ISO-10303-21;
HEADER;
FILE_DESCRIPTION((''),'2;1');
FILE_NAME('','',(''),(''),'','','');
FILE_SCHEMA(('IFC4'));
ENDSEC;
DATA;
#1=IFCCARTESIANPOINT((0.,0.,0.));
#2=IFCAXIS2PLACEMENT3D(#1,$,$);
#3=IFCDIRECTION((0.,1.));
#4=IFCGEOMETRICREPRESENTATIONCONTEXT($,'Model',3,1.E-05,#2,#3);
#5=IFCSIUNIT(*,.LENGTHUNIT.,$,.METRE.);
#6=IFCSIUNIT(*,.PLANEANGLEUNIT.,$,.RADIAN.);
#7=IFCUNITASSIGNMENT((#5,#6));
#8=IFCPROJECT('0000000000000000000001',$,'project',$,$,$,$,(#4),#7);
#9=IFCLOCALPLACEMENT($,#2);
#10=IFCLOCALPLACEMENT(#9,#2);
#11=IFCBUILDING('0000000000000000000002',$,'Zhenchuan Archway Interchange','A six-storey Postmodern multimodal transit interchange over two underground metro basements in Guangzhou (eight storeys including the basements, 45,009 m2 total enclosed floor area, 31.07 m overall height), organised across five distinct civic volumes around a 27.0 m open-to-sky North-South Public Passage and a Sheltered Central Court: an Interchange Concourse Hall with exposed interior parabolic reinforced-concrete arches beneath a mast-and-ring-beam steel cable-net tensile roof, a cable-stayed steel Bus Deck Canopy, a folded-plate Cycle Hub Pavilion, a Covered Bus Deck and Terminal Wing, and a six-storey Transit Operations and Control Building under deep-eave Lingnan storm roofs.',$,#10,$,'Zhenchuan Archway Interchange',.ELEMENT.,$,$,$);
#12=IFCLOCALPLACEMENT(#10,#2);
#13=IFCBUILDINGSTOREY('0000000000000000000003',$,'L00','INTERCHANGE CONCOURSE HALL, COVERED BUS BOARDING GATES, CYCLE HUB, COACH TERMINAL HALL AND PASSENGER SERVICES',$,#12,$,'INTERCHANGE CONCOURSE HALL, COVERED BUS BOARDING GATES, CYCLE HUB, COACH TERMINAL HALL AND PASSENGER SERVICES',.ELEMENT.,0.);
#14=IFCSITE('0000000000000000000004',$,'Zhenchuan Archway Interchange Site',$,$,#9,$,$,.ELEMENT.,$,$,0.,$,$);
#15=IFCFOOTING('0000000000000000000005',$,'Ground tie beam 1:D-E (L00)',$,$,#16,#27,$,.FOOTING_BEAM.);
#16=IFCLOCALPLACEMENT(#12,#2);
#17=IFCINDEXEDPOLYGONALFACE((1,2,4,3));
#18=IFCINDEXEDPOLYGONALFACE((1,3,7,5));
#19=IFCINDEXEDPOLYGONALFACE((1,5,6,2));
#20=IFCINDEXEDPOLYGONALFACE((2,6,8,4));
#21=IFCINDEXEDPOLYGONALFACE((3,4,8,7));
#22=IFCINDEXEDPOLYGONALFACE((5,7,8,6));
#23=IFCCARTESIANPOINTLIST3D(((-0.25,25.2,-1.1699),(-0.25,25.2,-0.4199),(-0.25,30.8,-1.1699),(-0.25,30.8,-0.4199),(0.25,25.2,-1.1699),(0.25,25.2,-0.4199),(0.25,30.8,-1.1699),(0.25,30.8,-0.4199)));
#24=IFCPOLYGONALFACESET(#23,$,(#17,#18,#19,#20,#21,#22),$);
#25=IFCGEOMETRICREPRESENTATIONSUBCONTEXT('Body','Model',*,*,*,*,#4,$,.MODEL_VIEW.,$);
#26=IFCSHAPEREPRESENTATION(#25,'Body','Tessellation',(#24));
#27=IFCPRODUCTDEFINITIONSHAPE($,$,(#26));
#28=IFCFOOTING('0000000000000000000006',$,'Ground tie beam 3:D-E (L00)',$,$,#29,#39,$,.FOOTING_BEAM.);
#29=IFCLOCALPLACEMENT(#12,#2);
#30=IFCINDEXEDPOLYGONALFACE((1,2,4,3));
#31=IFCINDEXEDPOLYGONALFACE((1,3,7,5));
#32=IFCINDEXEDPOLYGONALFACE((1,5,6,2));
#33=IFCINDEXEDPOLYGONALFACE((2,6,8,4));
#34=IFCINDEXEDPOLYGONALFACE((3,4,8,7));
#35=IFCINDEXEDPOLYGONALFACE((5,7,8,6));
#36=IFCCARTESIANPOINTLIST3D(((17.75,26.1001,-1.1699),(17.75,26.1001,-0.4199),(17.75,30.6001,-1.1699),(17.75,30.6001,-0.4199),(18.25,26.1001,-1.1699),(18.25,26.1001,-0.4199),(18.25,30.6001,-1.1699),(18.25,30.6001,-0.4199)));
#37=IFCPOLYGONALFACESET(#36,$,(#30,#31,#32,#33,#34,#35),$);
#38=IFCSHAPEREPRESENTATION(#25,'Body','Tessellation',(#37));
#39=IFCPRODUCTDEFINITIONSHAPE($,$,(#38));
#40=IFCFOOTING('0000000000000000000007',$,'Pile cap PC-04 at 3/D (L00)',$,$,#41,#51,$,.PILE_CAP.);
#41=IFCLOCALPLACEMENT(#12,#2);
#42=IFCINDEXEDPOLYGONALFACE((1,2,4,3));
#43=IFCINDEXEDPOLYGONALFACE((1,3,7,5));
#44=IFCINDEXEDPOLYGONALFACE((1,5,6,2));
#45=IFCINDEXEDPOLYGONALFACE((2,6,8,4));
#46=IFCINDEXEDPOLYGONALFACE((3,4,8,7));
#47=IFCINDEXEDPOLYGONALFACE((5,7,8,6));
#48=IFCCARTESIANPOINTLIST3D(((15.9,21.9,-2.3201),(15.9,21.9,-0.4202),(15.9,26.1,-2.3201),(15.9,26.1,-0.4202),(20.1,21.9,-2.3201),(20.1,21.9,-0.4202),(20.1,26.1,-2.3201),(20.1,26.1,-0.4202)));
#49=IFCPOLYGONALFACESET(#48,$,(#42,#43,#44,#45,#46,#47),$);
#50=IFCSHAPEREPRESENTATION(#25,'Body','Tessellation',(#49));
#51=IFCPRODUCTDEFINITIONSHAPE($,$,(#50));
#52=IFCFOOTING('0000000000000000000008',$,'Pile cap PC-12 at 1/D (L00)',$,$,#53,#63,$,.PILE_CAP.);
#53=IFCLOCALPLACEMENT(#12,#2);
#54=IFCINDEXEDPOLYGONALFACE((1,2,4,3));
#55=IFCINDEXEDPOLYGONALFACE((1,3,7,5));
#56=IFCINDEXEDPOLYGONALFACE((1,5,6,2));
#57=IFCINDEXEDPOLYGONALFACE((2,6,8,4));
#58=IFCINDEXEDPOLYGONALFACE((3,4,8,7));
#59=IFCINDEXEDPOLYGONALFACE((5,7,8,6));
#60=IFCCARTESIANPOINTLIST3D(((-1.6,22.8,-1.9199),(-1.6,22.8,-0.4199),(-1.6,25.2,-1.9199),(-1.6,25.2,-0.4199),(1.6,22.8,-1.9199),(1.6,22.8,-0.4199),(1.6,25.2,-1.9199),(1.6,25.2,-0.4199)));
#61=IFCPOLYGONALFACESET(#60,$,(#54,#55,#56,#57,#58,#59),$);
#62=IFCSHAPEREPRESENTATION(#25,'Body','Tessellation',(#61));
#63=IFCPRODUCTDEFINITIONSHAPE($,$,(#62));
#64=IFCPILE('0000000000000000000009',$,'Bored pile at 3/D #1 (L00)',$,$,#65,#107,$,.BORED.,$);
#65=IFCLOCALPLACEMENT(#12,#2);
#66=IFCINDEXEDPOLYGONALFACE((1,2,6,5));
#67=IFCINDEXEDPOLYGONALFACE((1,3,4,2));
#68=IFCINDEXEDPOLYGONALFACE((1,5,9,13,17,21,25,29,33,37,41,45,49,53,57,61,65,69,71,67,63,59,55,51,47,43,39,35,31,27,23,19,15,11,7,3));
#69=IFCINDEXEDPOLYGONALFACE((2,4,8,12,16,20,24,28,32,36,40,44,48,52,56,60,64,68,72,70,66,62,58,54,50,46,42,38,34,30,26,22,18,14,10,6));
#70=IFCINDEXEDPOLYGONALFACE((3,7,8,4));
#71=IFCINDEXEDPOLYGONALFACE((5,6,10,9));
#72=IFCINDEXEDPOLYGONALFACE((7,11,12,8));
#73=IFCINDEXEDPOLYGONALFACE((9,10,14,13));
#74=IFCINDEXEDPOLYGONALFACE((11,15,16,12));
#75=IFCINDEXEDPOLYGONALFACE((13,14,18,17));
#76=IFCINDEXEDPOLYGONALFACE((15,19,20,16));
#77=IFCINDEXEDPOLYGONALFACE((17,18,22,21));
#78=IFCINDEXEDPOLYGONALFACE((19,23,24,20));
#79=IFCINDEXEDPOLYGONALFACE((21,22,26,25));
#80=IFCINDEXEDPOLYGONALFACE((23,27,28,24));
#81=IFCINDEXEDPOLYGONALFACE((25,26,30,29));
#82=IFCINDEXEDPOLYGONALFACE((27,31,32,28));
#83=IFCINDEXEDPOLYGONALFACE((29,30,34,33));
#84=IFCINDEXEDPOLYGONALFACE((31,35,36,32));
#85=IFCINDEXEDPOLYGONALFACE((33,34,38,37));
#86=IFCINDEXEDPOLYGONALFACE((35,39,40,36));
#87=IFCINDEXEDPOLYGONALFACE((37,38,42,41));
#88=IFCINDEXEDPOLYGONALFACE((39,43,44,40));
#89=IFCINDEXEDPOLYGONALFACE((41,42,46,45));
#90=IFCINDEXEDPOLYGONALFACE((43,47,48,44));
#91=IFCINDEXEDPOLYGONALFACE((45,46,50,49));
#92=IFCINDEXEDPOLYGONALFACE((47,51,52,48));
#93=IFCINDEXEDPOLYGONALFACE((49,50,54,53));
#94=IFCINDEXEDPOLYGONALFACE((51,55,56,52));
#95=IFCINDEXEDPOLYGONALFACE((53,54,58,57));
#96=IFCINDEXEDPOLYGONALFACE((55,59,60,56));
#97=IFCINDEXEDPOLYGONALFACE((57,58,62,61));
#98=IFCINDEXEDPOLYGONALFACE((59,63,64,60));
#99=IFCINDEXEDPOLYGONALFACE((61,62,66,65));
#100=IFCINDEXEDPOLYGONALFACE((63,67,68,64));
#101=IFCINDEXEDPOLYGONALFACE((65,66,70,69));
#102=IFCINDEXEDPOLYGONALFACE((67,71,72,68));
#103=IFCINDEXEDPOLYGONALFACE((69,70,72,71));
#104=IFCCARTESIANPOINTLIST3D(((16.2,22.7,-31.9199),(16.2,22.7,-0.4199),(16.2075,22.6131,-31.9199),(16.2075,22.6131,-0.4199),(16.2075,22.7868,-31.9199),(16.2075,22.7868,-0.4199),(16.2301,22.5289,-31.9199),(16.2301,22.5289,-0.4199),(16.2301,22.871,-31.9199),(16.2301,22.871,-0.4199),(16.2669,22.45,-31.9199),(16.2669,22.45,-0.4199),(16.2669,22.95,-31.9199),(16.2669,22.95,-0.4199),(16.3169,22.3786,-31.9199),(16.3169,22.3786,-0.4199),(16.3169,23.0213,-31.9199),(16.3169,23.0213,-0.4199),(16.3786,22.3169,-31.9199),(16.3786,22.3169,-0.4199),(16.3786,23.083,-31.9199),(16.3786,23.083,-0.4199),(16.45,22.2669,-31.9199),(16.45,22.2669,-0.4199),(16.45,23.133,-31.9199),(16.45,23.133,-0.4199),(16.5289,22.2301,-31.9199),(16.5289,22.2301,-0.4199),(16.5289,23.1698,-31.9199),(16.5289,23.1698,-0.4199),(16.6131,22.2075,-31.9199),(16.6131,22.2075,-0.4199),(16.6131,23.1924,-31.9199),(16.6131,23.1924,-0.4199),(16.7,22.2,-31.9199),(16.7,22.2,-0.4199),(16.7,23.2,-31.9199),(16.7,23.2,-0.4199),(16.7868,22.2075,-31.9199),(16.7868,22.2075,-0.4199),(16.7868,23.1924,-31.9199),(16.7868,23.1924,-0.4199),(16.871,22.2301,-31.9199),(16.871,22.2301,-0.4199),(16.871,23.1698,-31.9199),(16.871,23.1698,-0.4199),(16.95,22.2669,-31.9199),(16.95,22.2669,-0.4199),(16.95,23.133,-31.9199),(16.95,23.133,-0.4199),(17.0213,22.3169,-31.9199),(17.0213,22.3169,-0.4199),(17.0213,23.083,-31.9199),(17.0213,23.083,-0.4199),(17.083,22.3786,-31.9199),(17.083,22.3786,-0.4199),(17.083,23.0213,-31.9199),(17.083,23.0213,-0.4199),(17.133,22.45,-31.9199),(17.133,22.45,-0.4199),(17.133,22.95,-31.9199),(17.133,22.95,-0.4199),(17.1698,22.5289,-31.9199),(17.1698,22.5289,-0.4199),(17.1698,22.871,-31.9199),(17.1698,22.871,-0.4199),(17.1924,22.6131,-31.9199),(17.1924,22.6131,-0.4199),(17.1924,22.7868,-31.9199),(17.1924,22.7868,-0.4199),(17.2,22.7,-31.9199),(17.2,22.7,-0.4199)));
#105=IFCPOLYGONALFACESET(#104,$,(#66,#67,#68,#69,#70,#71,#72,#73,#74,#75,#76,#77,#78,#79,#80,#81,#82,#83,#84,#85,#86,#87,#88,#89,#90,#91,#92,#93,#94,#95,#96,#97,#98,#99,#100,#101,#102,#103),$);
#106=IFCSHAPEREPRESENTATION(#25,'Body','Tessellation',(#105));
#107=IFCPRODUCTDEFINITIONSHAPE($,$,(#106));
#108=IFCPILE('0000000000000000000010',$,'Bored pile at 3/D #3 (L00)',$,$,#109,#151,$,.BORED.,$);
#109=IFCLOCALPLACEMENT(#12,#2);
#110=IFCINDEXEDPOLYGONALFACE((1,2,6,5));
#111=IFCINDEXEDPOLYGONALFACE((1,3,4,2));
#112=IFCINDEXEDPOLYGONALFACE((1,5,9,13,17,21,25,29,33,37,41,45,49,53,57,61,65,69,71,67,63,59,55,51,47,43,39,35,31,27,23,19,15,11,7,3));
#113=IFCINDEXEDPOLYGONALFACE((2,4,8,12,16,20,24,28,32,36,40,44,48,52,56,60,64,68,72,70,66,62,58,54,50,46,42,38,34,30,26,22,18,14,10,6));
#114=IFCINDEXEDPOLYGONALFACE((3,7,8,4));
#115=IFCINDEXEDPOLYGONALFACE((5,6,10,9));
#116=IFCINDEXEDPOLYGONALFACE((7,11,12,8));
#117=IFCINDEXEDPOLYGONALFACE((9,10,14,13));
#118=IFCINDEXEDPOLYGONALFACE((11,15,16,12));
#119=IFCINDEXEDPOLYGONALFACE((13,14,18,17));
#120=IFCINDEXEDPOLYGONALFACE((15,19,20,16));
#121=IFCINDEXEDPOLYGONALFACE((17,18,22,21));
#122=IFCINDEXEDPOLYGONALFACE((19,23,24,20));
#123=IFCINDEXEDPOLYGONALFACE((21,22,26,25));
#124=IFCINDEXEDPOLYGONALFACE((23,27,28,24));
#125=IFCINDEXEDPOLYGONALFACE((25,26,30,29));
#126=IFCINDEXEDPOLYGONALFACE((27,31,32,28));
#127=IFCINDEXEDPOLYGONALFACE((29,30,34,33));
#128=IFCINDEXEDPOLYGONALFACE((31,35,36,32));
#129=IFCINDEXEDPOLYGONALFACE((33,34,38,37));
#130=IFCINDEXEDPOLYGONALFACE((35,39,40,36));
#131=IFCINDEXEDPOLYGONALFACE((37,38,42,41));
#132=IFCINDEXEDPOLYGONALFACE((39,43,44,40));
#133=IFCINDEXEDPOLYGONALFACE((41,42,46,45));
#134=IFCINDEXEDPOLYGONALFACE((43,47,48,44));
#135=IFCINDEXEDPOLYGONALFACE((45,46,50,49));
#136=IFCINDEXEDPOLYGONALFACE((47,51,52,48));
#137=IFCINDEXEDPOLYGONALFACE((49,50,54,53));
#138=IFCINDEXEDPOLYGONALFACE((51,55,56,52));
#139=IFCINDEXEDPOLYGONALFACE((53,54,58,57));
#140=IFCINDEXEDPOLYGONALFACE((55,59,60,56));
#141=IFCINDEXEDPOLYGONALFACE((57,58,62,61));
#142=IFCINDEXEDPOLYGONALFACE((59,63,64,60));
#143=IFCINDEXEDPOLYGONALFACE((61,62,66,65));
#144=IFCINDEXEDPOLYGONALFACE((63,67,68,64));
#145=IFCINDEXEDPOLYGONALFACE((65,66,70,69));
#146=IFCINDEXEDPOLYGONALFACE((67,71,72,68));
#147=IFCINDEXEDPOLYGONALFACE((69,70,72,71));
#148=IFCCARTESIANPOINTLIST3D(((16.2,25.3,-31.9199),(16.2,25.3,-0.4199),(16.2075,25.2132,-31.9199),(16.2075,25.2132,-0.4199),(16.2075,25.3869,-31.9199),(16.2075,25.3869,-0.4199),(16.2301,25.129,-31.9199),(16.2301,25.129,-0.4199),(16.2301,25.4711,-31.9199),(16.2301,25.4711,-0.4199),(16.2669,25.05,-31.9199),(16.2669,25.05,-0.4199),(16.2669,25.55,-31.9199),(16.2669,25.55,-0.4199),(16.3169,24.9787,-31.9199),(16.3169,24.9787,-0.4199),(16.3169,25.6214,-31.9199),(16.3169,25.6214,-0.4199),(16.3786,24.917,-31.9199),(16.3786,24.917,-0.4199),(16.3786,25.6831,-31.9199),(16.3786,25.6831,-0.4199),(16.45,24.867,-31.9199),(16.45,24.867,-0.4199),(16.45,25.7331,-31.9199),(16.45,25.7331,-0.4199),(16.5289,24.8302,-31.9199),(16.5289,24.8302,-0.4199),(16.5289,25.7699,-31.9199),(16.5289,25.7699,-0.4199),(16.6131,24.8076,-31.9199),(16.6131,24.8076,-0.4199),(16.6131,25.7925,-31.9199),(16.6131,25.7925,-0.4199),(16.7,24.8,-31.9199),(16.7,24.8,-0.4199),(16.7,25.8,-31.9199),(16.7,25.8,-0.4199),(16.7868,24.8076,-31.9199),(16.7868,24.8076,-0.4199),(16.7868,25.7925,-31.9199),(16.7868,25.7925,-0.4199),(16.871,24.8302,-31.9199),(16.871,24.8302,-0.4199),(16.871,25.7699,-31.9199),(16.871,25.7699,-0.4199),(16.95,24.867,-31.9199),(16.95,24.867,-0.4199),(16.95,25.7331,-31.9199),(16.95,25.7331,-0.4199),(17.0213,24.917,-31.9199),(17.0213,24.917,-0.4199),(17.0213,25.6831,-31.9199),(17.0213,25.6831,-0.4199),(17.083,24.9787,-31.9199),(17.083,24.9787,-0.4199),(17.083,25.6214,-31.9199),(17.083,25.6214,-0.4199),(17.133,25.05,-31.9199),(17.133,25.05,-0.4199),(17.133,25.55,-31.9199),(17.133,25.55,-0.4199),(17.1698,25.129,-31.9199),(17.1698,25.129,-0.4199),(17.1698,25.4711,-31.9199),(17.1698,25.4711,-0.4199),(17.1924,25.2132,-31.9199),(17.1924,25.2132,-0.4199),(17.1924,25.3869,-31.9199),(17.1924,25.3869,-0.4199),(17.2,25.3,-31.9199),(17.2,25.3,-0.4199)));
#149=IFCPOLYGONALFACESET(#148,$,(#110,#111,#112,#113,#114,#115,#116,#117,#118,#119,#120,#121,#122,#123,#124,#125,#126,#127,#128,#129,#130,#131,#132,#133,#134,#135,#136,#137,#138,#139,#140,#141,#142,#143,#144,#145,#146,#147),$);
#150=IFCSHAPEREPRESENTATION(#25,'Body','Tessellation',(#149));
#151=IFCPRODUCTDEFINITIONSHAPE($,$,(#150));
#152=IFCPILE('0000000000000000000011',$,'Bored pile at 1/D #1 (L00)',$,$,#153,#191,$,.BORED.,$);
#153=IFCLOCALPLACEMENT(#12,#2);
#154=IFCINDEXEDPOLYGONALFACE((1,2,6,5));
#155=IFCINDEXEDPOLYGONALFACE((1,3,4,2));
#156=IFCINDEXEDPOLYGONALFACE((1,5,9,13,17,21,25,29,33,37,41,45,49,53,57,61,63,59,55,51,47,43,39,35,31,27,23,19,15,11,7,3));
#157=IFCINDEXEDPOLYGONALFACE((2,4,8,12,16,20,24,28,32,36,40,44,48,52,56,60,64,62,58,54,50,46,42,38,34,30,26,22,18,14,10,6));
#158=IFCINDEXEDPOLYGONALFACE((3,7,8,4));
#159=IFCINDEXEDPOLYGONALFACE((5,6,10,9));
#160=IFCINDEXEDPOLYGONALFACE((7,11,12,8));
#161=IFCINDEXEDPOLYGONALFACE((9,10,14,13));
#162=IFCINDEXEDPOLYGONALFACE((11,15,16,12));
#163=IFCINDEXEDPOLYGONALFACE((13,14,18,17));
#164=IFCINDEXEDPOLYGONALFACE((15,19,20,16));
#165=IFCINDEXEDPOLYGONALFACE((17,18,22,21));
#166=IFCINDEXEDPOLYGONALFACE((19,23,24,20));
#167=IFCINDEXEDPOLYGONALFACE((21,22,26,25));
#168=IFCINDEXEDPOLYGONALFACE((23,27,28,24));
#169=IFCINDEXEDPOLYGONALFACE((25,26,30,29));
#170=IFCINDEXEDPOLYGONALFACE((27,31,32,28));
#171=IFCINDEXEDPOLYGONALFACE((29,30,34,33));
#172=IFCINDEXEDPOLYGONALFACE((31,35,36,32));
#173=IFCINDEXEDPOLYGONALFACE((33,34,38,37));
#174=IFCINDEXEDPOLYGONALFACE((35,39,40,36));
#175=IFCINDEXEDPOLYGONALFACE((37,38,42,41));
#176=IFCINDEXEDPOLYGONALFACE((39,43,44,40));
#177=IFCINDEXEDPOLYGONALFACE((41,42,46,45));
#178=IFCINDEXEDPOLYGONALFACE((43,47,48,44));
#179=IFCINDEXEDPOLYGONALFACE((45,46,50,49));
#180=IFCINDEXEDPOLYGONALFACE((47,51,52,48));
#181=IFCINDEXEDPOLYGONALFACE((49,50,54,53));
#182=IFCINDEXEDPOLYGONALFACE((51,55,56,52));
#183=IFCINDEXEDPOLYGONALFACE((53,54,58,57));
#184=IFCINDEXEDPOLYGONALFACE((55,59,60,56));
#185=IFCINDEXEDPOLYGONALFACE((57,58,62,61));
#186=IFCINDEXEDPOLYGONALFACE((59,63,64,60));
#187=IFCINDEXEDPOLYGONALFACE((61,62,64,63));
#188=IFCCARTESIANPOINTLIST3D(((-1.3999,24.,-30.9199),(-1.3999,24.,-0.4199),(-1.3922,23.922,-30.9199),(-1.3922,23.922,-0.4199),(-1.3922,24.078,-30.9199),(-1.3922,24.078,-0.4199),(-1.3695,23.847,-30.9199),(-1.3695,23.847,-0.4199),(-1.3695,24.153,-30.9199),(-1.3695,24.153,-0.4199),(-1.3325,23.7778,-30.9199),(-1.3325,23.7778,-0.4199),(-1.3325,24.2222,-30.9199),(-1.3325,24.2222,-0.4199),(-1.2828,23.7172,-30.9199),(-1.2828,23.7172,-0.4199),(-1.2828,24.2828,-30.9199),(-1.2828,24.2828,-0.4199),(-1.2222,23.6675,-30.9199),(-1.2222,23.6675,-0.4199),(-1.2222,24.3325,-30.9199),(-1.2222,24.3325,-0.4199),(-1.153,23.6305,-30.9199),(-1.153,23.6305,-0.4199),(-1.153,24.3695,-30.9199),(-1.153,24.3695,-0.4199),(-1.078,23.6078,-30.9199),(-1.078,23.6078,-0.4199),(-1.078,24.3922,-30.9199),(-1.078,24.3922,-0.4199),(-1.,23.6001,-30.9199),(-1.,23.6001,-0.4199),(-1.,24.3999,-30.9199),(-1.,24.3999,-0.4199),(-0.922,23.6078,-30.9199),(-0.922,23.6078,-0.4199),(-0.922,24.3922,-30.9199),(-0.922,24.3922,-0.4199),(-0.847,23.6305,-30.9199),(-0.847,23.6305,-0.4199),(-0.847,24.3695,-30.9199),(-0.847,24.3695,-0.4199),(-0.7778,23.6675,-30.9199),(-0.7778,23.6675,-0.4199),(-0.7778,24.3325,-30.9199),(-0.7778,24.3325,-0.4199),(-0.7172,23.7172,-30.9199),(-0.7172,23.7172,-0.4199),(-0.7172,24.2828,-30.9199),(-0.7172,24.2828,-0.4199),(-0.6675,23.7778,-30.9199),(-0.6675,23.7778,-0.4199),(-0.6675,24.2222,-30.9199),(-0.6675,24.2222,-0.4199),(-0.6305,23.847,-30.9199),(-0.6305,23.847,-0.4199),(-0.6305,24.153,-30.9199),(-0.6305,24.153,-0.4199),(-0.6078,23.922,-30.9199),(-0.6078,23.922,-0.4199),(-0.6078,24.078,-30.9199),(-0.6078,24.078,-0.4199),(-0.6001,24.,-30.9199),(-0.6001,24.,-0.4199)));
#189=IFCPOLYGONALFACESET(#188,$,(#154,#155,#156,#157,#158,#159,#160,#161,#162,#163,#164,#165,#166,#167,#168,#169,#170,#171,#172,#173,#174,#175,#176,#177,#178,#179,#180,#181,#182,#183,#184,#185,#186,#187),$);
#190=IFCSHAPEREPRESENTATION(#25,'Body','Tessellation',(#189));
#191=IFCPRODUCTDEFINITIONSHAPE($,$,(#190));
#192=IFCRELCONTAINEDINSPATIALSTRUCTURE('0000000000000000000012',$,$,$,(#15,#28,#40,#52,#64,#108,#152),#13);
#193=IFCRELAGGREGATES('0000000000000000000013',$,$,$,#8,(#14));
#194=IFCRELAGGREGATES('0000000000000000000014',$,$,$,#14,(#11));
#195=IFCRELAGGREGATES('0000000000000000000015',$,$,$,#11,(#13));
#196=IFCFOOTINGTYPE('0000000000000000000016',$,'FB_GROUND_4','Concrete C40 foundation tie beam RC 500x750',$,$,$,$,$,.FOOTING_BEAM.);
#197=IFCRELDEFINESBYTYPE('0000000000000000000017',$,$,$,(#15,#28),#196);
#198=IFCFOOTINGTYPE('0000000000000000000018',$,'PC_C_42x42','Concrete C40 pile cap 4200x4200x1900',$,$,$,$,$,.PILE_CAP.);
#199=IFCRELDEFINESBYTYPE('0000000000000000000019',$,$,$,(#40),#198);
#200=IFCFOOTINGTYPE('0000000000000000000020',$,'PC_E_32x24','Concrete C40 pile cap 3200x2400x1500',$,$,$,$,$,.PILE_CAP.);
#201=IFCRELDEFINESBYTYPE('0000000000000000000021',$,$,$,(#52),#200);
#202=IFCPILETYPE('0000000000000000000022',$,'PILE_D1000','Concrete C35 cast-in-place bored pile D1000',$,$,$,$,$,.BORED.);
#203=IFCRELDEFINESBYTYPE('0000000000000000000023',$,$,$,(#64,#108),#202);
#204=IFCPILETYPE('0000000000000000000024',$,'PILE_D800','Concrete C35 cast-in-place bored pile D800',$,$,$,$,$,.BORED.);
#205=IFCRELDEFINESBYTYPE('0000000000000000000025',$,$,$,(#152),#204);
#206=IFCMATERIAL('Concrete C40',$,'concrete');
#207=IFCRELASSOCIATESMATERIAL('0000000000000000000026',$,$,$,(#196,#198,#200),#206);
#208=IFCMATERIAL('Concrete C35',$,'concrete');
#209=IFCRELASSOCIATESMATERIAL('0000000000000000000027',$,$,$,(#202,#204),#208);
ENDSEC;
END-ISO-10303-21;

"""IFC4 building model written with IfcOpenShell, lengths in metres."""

from ifc_helpers import new_model, si_unit, direction, frame, origin, origin_2d, place, context, subcontext, project, spatial, rectangle, circle, extrude, material, material_profile, profile_set, type_object, element, save


model = new_model("IFC4")

# Units and contexts
model_context = context("Model", 3, precision=1e-05, world=origin(), true_north=direction((0.0, 1.0)))
body_context = subcontext(model_context, "Body", "Model", "MODEL_VIEW")
ifc_project = project(units=[si_unit("LENGTHUNIT", "METRE"), si_unit("PLANEANGLEUNIT", "RADIAN")], contexts=[model_context])

# Site, building, storey
site_placement = place(None, origin())
site = spatial("IfcSite", under=ifc_project, at=site_placement, Name="Zhenchuan Archway Interchange Site", CompositionType="ELEMENT", RefElevation=0.0)
building_placement = place(site_placement, origin())
building = spatial("IfcBuilding", under=site, at=building_placement, Name="Zhenchuan Archway Interchange", Description="A six-storey Postmodern multimodal transit interchange over two underground metro basements in Guangzhou (eight storeys including the basements, 45,009 m2 total enclosed floor area, 31.07 m overall height), organised across five distinct civic volumes around a 27.0 m open-to-sky North-South Public Passage and a Sheltered Central Court: an Interchange Concourse Hall with exposed interior parabolic reinforced-concrete arches beneath a mast-and-ring-beam steel cable-net tensile roof, a cable-stayed steel Bus Deck Canopy, a folded-plate Cycle Hub Pavilion, a Covered Bus Deck and Terminal Wing, and a six-storey Transit Operations and Control Building under deep-eave Lingnan storm roofs.", LongName="Zhenchuan Archway Interchange", CompositionType="ELEMENT")
storey_placement = place(building_placement, origin())
storey = spatial("IfcBuildingStorey", under=building, at=storey_placement, Name="L00", Description="INTERCHANGE CONCOURSE HALL, COVERED BUS BOARDING GATES, CYCLE HUB, COACH TERMINAL HALL AND PASSENGER SERVICES", LongName="INTERCHANGE CONCOURSE HALL, COVERED BUS BOARDING GATES, CYCLE HUB, COACH TERMINAL HALL AND PASSENGER SERVICES", CompositionType="ELEMENT", Elevation=0.0)

# Footings
ifc_material_1 = material(Name="Concrete C40", Category="concrete")
ifc_material_profile_1 = material_profile(ifc_material_1, rectangle(XDim=0.5, YDim=0.75, at=origin_2d()), Name="RC 500x750")
ifc_profile_set_1 = profile_set([ifc_material_profile_1], Name="Concrete C40")
footing_type_1 = type_object("IfcFootingType", Name="FB_GROUND_4", Description="Concrete C40 foundation tie beam RC 500x750", PredefinedType="FOOTING_BEAM", material=ifc_profile_set_1)
footing_1_placement = place(storey_placement, frame((0.0, 25.2, -0.7949), z_axis=(0.0, 1.0, 0.0), x_axis=(-1.0, 0.0, 0.0)))
element("IfcFooting", 1, at=footing_1_placement, inside=storey, type_object=footing_type_1, Name="Ground tie beam 1:D-E (L00)", PredefinedType="FOOTING_BEAM", context=body_context, shape_type="SweptSolid", body=[
    extrude(rectangle(XDim=0.5, YDim=0.75, at=origin_2d()), origin(), (0.0, 0.0, 1.0), 5.6001),
])
footing_2_placement = place(storey_placement, frame((18.0, 26.1001, -0.7949), z_axis=(0.0, 1.0, 0.0), x_axis=(-1.0, 0.0, 0.0)))
element("IfcFooting", 2, at=footing_2_placement, inside=storey, type_object=footing_type_1, Name="Ground tie beam 3:D-E (L00)", PredefinedType="FOOTING_BEAM", context=body_context, shape_type="SweptSolid", body=[
    extrude(rectangle(XDim=0.5, YDim=0.75, at=origin_2d()), origin(), (0.0, 0.0, 1.0), 4.5),
])
footing_type_2 = type_object("IfcFootingType", Name="PC_C_42x42", Description="Concrete C40 pile cap 4200x4200x1900", PredefinedType="PILE_CAP", material=ifc_material_1)
footing_3_placement = place(storey_placement, frame((18.0, 24.0, -2.3201), z_axis=(0.0, 0.0, 1.0), x_axis=(1.0, 0.0, 0.0)))
element("IfcFooting", 3, at=footing_3_placement, inside=storey, type_object=footing_type_2, Name="Pile cap PC-04 at 3/D (L00)", PredefinedType="PILE_CAP", context=body_context, shape_type="SweptSolid", body=[
    extrude(rectangle(XDim=4.2, YDim=4.2, at=origin_2d()), origin(), (0.0, 0.0, 1.0), 1.8999),
])
footing_type_3 = type_object("IfcFootingType", Name="PC_E_32x24", Description="Concrete C40 pile cap 3200x2400x1500", PredefinedType="PILE_CAP", material=ifc_material_1)
footing_4_placement = place(storey_placement, frame((0.0, 24.0, -1.9199), z_axis=(0.0, 0.0, 1.0), x_axis=(1.0, 0.0, 0.0)))
element("IfcFooting", 4, at=footing_4_placement, inside=storey, type_object=footing_type_3, Name="Pile cap PC-12 at 1/D (L00)", PredefinedType="PILE_CAP", context=body_context, shape_type="SweptSolid", body=[
    extrude(rectangle(XDim=3.2, YDim=2.3999, at=origin_2d()), origin(), (0.0, 0.0, 1.0), 1.5),
])

# Piles
ifc_material_2 = material(Name="Concrete C35", Category="concrete")
ifc_material_profile_2 = material_profile(ifc_material_2, circle(Radius=0.5, at=origin_2d()), Name="BORED PILE 1000")
ifc_profile_set_2 = profile_set([ifc_material_profile_2], Name="Concrete C35")
pile_type_1 = type_object("IfcPileType", Name="PILE_D1000", Description="Concrete C35 cast-in-place bored pile D1000", PredefinedType="BORED", material=ifc_profile_set_2)
for number, where, z_axis, x_axis, name in (
    (5, (16.7, 22.7, -0.4199), (0.0, 0.0, -1.0), (1.0, 0.0, 0.0), "Bored pile at 3/D #1 (L00)"),
    (6, (16.7, 25.3, -0.4199), (0.0, 0.0, -1.0), (1.0, 0.0, 0.0), "Bored pile at 3/D #3 (L00)"),
):
    element("IfcPile", number, at=place(storey_placement, frame(where, z_axis=z_axis, x_axis=x_axis)), inside=storey, type_object=pile_type_1, Name=name, PredefinedType="BORED", context=body_context, shape_type="SweptSolid", body=[
        extrude(circle(Radius=0.5, at=origin_2d()), origin(), (0.0, 0.0, 1.0), 31.5),
    ])
ifc_material_profile_3 = material_profile(ifc_material_2, circle(Radius=0.3999, at=origin_2d()), Name="BORED PILE 800")
ifc_profile_set_3 = profile_set([ifc_material_profile_3], Name="Concrete C35")
pile_type_2 = type_object("IfcPileType", Name="PILE_D800", Description="Concrete C35 cast-in-place bored pile D800", PredefinedType="BORED", material=ifc_profile_set_3)
for number, where, z_axis, x_axis, name in (
    (7, (-1.0, 24.0, -0.4199), (0.0, 0.0, -1.0), (1.0, 0.0, 0.0), "Bored pile at 1/D #1 (L00)"),
):
    element("IfcPile", number, at=place(storey_placement, frame(where, z_axis=z_axis, x_axis=x_axis)), inside=storey, type_object=pile_type_2, Name=name, PredefinedType="BORED", context=body_context, shape_type="SweptSolid", body=[
        extrude(circle(Radius=0.3999, at=origin_2d()), origin(), (0.0, 0.0, 1.0), 30.5),
    ])

save(model, "model.ifc")
